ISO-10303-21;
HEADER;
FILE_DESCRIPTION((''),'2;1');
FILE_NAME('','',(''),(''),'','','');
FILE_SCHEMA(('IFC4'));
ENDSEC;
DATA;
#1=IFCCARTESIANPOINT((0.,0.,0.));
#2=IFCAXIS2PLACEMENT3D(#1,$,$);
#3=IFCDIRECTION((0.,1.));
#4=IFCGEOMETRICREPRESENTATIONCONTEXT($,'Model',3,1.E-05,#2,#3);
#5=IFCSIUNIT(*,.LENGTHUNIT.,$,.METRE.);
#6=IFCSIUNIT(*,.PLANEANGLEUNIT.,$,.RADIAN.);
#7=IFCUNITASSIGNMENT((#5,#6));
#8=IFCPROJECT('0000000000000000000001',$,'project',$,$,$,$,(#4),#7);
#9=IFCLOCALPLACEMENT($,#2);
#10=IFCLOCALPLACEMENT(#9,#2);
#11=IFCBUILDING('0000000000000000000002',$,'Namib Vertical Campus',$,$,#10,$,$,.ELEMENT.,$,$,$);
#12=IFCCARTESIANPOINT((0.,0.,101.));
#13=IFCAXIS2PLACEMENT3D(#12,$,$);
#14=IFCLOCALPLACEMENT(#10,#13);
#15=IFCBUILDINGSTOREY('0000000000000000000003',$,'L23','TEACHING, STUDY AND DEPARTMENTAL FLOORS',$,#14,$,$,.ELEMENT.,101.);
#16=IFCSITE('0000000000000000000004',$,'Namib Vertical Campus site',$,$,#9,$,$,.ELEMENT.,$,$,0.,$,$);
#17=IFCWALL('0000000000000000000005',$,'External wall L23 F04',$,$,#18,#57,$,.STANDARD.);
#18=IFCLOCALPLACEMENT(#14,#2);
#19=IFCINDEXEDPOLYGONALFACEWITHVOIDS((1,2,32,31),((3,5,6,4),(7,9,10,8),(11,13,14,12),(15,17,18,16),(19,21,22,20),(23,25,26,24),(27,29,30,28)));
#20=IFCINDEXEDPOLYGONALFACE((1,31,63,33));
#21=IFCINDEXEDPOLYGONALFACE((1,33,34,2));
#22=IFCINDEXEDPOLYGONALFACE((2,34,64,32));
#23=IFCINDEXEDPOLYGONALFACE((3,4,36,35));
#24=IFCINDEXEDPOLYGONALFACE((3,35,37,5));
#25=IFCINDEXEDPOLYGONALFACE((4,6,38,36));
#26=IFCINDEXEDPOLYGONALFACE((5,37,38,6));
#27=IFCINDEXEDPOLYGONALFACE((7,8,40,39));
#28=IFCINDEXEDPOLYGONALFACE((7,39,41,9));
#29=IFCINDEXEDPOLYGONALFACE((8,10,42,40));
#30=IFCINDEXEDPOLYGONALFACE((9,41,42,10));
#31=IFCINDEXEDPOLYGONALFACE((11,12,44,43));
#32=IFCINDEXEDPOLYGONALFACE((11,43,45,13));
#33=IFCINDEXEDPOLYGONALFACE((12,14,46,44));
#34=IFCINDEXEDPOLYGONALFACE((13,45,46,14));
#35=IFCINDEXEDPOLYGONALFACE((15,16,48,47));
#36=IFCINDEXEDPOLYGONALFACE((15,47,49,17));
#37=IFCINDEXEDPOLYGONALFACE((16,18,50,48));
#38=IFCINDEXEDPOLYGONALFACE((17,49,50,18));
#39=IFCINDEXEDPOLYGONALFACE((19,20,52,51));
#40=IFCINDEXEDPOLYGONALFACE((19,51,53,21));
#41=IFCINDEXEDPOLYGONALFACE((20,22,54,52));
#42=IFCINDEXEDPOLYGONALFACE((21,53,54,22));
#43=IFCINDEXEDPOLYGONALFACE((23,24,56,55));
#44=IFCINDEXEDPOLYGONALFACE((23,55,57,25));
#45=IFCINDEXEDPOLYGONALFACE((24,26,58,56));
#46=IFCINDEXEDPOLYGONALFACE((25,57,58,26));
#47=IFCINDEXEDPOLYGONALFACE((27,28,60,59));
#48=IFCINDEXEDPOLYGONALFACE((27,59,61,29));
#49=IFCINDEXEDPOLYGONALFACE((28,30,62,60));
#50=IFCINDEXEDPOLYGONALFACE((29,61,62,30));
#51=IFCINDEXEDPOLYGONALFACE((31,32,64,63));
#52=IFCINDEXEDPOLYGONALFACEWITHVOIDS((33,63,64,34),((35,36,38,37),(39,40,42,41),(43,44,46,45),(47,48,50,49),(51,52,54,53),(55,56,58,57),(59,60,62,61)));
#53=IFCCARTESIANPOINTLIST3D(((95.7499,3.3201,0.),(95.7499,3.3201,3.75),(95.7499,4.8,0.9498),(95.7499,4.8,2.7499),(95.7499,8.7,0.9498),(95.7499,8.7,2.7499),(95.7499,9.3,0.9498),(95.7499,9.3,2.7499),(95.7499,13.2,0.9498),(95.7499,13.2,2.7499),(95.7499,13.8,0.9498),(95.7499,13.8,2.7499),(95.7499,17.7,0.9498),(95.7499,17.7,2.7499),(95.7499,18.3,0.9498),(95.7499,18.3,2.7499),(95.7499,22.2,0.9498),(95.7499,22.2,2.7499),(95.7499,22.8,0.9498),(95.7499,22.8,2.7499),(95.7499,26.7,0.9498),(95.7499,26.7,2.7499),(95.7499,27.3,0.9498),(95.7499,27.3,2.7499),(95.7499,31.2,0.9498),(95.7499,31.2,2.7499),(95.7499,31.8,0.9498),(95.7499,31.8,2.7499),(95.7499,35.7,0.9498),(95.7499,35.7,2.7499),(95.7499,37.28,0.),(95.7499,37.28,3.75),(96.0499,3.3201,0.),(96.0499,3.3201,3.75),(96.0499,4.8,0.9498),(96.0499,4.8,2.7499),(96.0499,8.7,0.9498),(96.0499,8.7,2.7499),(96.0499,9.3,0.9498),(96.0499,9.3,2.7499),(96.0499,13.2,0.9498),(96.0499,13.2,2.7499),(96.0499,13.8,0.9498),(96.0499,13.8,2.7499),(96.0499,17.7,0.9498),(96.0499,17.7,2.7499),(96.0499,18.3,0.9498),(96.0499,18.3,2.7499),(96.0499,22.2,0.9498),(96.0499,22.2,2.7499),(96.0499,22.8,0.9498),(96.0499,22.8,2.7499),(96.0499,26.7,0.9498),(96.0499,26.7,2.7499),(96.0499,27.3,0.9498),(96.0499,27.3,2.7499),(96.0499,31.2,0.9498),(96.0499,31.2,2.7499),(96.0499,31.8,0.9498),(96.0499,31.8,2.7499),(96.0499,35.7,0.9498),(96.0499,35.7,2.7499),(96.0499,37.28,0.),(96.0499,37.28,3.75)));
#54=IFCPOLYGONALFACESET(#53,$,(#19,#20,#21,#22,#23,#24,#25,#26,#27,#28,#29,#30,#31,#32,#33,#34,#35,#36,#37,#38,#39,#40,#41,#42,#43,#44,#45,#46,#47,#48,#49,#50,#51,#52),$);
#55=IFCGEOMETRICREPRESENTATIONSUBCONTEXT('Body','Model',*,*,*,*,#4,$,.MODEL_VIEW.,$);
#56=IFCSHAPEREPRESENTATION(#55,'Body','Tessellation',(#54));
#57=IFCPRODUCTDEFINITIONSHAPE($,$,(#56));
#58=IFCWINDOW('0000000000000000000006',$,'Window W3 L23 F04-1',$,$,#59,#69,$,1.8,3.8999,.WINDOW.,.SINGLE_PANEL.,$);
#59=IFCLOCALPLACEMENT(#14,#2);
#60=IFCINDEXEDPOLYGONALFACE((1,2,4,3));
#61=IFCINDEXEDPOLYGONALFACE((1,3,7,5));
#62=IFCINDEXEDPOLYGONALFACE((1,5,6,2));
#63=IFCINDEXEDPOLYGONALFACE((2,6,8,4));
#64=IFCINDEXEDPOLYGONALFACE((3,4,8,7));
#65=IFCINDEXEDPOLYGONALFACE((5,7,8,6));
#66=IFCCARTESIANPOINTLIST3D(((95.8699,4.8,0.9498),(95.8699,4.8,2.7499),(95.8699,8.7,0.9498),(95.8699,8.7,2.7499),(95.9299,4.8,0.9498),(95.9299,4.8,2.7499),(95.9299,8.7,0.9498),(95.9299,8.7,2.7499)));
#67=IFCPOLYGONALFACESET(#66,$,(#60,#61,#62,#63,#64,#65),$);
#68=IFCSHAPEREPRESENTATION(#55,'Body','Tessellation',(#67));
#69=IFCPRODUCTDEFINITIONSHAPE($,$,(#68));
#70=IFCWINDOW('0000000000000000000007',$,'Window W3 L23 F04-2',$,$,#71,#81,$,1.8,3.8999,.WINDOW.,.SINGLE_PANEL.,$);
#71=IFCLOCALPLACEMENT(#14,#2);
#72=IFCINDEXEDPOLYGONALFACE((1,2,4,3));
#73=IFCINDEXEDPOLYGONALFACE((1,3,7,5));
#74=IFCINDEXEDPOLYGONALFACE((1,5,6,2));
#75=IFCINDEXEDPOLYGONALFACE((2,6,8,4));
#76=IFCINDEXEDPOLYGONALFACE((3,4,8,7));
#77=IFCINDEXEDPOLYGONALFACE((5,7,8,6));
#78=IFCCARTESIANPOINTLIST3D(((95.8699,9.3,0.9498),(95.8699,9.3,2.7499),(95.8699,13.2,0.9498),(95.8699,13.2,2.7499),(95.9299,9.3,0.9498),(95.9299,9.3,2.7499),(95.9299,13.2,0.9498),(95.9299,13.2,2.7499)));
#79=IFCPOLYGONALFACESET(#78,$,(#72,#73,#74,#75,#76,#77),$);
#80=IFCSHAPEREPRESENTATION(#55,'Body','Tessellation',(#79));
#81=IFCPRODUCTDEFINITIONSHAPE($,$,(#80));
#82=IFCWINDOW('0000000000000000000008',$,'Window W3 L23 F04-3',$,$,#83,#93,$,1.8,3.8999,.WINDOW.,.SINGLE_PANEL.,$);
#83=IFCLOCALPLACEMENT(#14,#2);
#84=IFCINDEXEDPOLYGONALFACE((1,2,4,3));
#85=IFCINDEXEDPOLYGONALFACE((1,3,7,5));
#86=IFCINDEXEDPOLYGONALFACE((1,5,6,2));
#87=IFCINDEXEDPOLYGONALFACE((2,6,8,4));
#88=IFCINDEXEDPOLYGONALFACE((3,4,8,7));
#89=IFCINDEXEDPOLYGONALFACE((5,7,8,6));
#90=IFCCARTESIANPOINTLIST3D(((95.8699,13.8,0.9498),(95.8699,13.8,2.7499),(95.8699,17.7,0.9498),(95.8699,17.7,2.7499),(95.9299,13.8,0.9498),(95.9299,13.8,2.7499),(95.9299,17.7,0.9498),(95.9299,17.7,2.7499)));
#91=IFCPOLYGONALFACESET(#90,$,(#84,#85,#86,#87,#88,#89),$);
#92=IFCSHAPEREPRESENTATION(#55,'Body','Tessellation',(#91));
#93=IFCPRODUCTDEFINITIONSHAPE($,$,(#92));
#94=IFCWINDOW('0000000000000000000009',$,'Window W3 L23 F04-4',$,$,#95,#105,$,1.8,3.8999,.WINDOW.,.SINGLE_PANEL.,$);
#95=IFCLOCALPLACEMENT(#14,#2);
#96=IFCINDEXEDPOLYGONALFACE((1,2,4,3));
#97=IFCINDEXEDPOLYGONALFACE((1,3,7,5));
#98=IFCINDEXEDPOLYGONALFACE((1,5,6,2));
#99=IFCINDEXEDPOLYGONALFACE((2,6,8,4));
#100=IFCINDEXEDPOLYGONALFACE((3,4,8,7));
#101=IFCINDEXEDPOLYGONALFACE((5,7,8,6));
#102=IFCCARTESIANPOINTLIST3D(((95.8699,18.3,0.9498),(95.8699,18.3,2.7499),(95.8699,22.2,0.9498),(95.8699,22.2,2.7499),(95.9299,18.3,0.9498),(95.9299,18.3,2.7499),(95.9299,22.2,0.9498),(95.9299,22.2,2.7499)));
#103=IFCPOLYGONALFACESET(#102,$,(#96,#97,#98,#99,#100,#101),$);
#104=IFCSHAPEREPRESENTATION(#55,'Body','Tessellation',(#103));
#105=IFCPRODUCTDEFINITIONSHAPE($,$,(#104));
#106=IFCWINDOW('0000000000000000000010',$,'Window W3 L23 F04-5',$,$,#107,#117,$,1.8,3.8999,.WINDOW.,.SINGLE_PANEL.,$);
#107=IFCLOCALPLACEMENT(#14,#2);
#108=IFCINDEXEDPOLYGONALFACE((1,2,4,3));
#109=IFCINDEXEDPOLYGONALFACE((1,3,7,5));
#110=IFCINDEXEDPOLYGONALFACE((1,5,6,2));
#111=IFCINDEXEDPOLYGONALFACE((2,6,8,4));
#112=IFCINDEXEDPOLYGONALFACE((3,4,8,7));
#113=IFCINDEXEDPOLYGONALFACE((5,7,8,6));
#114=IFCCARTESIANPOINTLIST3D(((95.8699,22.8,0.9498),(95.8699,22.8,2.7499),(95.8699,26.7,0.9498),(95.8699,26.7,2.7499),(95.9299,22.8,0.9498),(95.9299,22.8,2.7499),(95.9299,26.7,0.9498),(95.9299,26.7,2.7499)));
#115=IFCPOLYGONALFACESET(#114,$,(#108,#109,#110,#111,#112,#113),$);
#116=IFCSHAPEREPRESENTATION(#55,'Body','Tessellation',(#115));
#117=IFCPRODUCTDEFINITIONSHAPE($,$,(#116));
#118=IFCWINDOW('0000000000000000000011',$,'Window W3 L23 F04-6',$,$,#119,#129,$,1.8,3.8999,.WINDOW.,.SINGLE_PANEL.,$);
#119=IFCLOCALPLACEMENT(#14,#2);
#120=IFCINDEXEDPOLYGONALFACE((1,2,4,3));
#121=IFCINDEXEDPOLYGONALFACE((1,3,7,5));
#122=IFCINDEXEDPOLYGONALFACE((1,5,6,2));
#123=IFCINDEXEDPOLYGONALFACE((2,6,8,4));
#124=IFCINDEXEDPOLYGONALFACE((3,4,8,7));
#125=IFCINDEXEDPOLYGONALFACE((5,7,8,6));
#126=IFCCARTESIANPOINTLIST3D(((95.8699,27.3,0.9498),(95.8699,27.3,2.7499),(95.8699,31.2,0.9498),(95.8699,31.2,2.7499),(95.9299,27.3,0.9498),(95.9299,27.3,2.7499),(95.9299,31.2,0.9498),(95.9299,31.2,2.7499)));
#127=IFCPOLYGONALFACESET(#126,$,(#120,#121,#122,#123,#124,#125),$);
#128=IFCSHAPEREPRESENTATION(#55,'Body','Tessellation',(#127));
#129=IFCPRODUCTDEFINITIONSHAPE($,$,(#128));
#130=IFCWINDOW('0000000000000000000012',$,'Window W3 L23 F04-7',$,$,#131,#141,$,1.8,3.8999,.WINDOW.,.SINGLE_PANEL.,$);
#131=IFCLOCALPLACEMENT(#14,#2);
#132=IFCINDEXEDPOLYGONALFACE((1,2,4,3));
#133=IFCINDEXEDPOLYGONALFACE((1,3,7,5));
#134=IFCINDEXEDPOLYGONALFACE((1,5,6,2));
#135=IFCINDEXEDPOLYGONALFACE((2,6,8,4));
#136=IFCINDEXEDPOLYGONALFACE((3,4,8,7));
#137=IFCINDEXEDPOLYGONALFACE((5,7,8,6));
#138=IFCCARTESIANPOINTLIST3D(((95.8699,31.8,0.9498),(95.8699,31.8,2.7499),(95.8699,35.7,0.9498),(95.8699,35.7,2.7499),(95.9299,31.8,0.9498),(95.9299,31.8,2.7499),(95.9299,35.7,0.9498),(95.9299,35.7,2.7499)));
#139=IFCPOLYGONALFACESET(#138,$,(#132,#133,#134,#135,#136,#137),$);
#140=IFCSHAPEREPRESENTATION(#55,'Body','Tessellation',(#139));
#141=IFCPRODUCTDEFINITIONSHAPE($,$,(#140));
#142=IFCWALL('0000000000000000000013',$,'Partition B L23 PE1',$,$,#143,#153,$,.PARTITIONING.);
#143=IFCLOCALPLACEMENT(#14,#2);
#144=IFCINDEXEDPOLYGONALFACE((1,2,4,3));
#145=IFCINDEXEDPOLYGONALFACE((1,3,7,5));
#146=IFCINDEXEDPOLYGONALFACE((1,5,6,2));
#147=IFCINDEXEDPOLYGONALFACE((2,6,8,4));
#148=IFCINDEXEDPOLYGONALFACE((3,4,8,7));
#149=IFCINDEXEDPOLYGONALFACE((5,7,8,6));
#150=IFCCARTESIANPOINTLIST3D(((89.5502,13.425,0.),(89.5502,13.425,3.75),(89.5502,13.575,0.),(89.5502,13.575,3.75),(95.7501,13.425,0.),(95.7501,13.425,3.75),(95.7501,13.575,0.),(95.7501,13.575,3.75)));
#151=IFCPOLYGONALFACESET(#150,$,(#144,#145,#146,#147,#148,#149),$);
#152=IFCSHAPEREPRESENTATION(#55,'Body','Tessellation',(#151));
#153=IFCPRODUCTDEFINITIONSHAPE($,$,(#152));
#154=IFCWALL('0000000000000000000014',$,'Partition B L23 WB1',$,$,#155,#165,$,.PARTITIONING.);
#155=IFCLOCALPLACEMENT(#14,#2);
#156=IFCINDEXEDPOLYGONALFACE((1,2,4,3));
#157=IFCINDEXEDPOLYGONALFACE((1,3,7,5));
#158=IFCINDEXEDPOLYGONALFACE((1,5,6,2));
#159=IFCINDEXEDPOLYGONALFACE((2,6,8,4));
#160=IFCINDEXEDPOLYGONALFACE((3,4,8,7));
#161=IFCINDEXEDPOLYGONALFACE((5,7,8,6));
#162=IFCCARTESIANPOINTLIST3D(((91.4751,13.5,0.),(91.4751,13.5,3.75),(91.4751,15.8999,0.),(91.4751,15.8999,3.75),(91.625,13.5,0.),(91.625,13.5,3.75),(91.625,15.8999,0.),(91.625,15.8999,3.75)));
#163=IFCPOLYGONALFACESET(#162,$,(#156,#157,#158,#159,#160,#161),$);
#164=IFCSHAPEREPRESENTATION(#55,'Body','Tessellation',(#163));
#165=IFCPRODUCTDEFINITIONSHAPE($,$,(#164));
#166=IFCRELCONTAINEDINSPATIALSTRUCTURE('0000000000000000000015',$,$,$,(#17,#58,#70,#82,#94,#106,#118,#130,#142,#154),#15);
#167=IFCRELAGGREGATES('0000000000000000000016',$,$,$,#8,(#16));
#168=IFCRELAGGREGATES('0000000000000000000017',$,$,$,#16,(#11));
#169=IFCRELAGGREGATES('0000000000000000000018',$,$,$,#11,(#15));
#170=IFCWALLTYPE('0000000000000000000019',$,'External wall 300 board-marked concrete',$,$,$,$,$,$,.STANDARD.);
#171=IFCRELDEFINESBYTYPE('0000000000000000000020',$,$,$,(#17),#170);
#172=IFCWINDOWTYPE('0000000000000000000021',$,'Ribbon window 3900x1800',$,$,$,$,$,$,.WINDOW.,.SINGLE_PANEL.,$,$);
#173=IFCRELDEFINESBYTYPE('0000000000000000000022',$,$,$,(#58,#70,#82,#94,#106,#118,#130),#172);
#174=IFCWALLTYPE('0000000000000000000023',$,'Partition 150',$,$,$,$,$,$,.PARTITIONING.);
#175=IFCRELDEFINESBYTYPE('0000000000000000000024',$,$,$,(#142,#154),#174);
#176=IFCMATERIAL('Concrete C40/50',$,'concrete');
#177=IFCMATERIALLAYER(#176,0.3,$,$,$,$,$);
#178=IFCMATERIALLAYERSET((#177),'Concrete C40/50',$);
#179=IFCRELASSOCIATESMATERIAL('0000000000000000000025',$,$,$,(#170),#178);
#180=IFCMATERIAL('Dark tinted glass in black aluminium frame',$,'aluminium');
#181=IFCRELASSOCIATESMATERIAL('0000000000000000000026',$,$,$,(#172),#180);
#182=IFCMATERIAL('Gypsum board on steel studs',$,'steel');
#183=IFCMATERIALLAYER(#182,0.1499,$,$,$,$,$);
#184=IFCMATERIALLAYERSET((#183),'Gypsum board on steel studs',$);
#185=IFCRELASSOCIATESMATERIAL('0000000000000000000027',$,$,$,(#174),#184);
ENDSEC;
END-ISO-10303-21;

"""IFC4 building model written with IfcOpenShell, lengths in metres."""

from ifc_helpers import new_model, si_unit, direction, frame, frame_2d, origin, place, context, subcontext, project, spatial, rectangle, extrude, material, layer, layer_set, type_object, element, fill, save


model = new_model("IFC4")

# Units and contexts
model_context = context("Model", 3, precision=1e-05, world=origin(), true_north=direction((0.0, 1.0)))
body_context = subcontext(model_context, "Body", "Model", "MODEL_VIEW")
ifc_project = project(units=[si_unit("LENGTHUNIT", "METRE"), si_unit("PLANEANGLEUNIT", "RADIAN")], contexts=[model_context])

# Site, building, storey
site_placement = place(None, origin())
site = spatial("IfcSite", under=ifc_project, at=site_placement, Name="Namib Vertical Campus site", CompositionType="ELEMENT", RefElevation=0.0)
building_placement = place(site_placement, origin())
building = spatial("IfcBuilding", under=site, at=building_placement, Name="Namib Vertical Campus", CompositionType="ELEMENT")
storey_placement = place(building_placement, frame((0.0, 0.0, 101.0)))
storey = spatial("IfcBuildingStorey", under=building, at=storey_placement, Name="L23", Description="TEACHING, STUDY AND DEPARTMENTAL FLOORS", CompositionType="ELEMENT", Elevation=101.0)

# Wall, openings, windows
ifc_material_1 = material(Name="Concrete C40/50", Category="concrete")
ifc_layer_1 = layer(ifc_material_1, 0.3)
ifc_layer_set_1 = layer_set([ifc_layer_1], Name="Concrete C40/50")
wall_type_1 = type_object("IfcWallType", Name="External wall 300 board-marked concrete", PredefinedType="STANDARD", material=ifc_layer_set_1)
wall_1_placement = place(storey_placement, frame((95.8999, 3.3201, 0.0), z_axis=(0.0, 0.0, 1.0), x_axis=(0.0, 1.0, 0.0)))
wall_1 = element("IfcWall", 1, at=wall_1_placement, inside=storey, type_object=wall_type_1, Name="External wall L23 F04", PredefinedType="STANDARD", context=body_context, shape_type="SweptSolid", body=[
    extrude(rectangle(XDim=33.96, YDim=0.3, at=frame_2d((16.98, 0.0))), origin(), (0.0, 0.0, 1.0), 3.75),
])
opening_1_placement = place(wall_1_placement, frame((1.48, 0.0, 0.95)))
opening_1 = element("IfcOpeningElement", 2, at=opening_1_placement, cuts=wall_1, PredefinedType="OPENING", context=body_context, shape_type="SweptSolid", body=[
    extrude(rectangle(XDim=3.8999, YDim=1.8, at=frame_2d((1.95, 0.8999))), frame((0.0, 0.1599, 0.0), z_axis=(0.0, -1.0, 0.0), x_axis=(1.0, 0.0, 0.0)), (0.0, 0.0, 1.0), 0.3201),
])
opening_2_placement = place(wall_1_placement, frame((5.98, 0.0, 0.95)))
opening_2 = element("IfcOpeningElement", 3, at=opening_2_placement, cuts=wall_1, PredefinedType="OPENING", context=body_context, shape_type="SweptSolid", body=[
    extrude(rectangle(XDim=3.8999, YDim=1.8, at=frame_2d((1.95, 0.8999))), frame((0.0, 0.1599, 0.0), z_axis=(0.0, -1.0, 0.0), x_axis=(1.0, 0.0, 0.0)), (0.0, 0.0, 1.0), 0.3201),
])
opening_3_placement = place(wall_1_placement, frame((10.48, 0.0, 0.95)))
opening_3 = element("IfcOpeningElement", 4, at=opening_3_placement, cuts=wall_1, PredefinedType="OPENING", context=body_context, shape_type="SweptSolid", body=[
    extrude(rectangle(XDim=3.8999, YDim=1.8, at=frame_2d((1.95, 0.8999))), frame((0.0, 0.1599, 0.0), z_axis=(0.0, -1.0, 0.0), x_axis=(1.0, 0.0, 0.0)), (0.0, 0.0, 1.0), 0.3201),
])
opening_4_placement = place(wall_1_placement, frame((14.98, 0.0, 0.95)))
opening_4 = element("IfcOpeningElement", 5, at=opening_4_placement, cuts=wall_1, PredefinedType="OPENING", context=body_context, shape_type="SweptSolid", body=[
    extrude(rectangle(XDim=3.8999, YDim=1.8, at=frame_2d((1.95, 0.8999))), frame((0.0, 0.1599, 0.0), z_axis=(0.0, -1.0, 0.0), x_axis=(1.0, 0.0, 0.0)), (0.0, 0.0, 1.0), 0.3201),
])
opening_5_placement = place(wall_1_placement, frame((19.48, 0.0, 0.95)))
opening_5 = element("IfcOpeningElement", 6, at=opening_5_placement, cuts=wall_1, PredefinedType="OPENING", context=body_context, shape_type="SweptSolid", body=[
    extrude(rectangle(XDim=3.8999, YDim=1.8, at=frame_2d((1.95, 0.8999))), frame((0.0, 0.1599, 0.0), z_axis=(0.0, -1.0, 0.0), x_axis=(1.0, 0.0, 0.0)), (0.0, 0.0, 1.0), 0.3201),
])
opening_6_placement = place(wall_1_placement, frame((23.98, 0.0, 0.95)))
opening_6 = element("IfcOpeningElement", 7, at=opening_6_placement, cuts=wall_1, PredefinedType="OPENING", context=body_context, shape_type="SweptSolid", body=[
    extrude(rectangle(XDim=3.8999, YDim=1.8, at=frame_2d((1.95, 0.8999))), frame((0.0, 0.1599, 0.0), z_axis=(0.0, -1.0, 0.0), x_axis=(1.0, 0.0, 0.0)), (0.0, 0.0, 1.0), 0.3201),
])
opening_7_placement = place(wall_1_placement, frame((28.48, 0.0, 0.95)))
opening_7 = element("IfcOpeningElement", 8, at=opening_7_placement, cuts=wall_1, PredefinedType="OPENING", context=body_context, shape_type="SweptSolid", body=[
    extrude(rectangle(XDim=3.8999, YDim=1.8, at=frame_2d((1.95, 0.8999))), frame((0.0, 0.1599, 0.0), z_axis=(0.0, -1.0, 0.0), x_axis=(1.0, 0.0, 0.0)), (0.0, 0.0, 1.0), 0.3201),
])
ifc_material_2 = material(Name="Dark tinted glass in black aluminium frame", Category="aluminium")
window_type = type_object("IfcWindowType", Name="Ribbon window 3900x1800", PartitioningType="SINGLE_PANEL", PredefinedType="WINDOW", material=ifc_material_2)
window_1_placement = place(opening_1_placement, origin())
window_1 = element("IfcWindow", 9, at=window_1_placement, inside=storey, type_object=window_type, Name="Window W3 L23 F04-1", OverallHeight=1.8, OverallWidth=3.8999, PartitioningType="SINGLE_PANEL", PredefinedType="WINDOW", context=body_context, shape_type="SweptSolid", body=[
    extrude(rectangle(XDim=3.8999, YDim=1.8, at=frame_2d((1.95, 0.8999))), frame((0.0, 0.03, 0.0), z_axis=(0.0, -1.0, 0.0), x_axis=(1.0, 0.0, 0.0)), (0.0, 0.0, 1.0), 0.0601),
])
fill(opening_1, window_1)
window_2_placement = place(opening_2_placement, origin())
window_2 = element("IfcWindow", 10, at=window_2_placement, inside=storey, type_object=window_type, Name="Window W3 L23 F04-2", OverallHeight=1.8, OverallWidth=3.8999, PartitioningType="SINGLE_PANEL", PredefinedType="WINDOW", context=body_context, shape_type="SweptSolid", body=[
    extrude(rectangle(XDim=3.8999, YDim=1.8, at=frame_2d((1.95, 0.8999))), frame((0.0, 0.03, 0.0), z_axis=(0.0, -1.0, 0.0), x_axis=(1.0, 0.0, 0.0)), (0.0, 0.0, 1.0), 0.0601),
])
fill(opening_2, window_2)
window_3_placement = place(opening_3_placement, origin())
window_3 = element("IfcWindow", 11, at=window_3_placement, inside=storey, type_object=window_type, Name="Window W3 L23 F04-3", OverallHeight=1.8, OverallWidth=3.8999, PartitioningType="SINGLE_PANEL", PredefinedType="WINDOW", context=body_context, shape_type="SweptSolid", body=[
    extrude(rectangle(XDim=3.8999, YDim=1.8, at=frame_2d((1.95, 0.8999))), frame((0.0, 0.03, 0.0), z_axis=(0.0, -1.0, 0.0), x_axis=(1.0, 0.0, 0.0)), (0.0, 0.0, 1.0), 0.0601),
])
fill(opening_3, window_3)
window_4_placement = place(opening_4_placement, origin())
window_4 = element("IfcWindow", 12, at=window_4_placement, inside=storey, type_object=window_type, Name="Window W3 L23 F04-4", OverallHeight=1.8, OverallWidth=3.8999, PartitioningType="SINGLE_PANEL", PredefinedType="WINDOW", context=body_context, shape_type="SweptSolid", body=[
    extrude(rectangle(XDim=3.8999, YDim=1.8, at=frame_2d((1.95, 0.8999))), frame((0.0, 0.03, 0.0), z_axis=(0.0, -1.0, 0.0), x_axis=(1.0, 0.0, 0.0)), (0.0, 0.0, 1.0), 0.0601),
])
fill(opening_4, window_4)
window_5_placement = place(opening_5_placement, origin())
window_5 = element("IfcWindow", 13, at=window_5_placement, inside=storey, type_object=window_type, Name="Window W3 L23 F04-5", OverallHeight=1.8, OverallWidth=3.8999, PartitioningType="SINGLE_PANEL", PredefinedType="WINDOW", context=body_context, shape_type="SweptSolid", body=[
    extrude(rectangle(XDim=3.8999, YDim=1.8, at=frame_2d((1.95, 0.8999))), frame((0.0, 0.03, 0.0), z_axis=(0.0, -1.0, 0.0), x_axis=(1.0, 0.0, 0.0)), (0.0, 0.0, 1.0), 0.0601),
])
fill(opening_5, window_5)
window_6_placement = place(opening_6_placement, origin())
window_6 = element("IfcWindow", 14, at=window_6_placement, inside=storey, type_object=window_type, Name="Window W3 L23 F04-6", OverallHeight=1.8, OverallWidth=3.8999, PartitioningType="SINGLE_PANEL", PredefinedType="WINDOW", context=body_context, shape_type="SweptSolid", body=[
    extrude(rectangle(XDim=3.8999, YDim=1.8, at=frame_2d((1.95, 0.8999))), frame((0.0, 0.03, 0.0), z_axis=(0.0, -1.0, 0.0), x_axis=(1.0, 0.0, 0.0)), (0.0, 0.0, 1.0), 0.0601),
])
fill(opening_6, window_6)
window_7_placement = place(opening_7_placement, origin())
window_7 = element("IfcWindow", 15, at=window_7_placement, inside=storey, type_object=window_type, Name="Window W3 L23 F04-7", OverallHeight=1.8, OverallWidth=3.8999, PartitioningType="SINGLE_PANEL", PredefinedType="WINDOW", context=body_context, shape_type="SweptSolid", body=[
    extrude(rectangle(XDim=3.8999, YDim=1.8, at=frame_2d((1.95, 0.8999))), frame((0.0, 0.03, 0.0), z_axis=(0.0, -1.0, 0.0), x_axis=(1.0, 0.0, 0.0)), (0.0, 0.0, 1.0), 0.0601),
])
fill(opening_7, window_7)

# Walls
ifc_material_3 = material(Name="Gypsum board on steel studs", Category="steel")
ifc_layer_2 = layer(ifc_material_3, 0.1499)
ifc_layer_set_2 = layer_set([ifc_layer_2], Name="Gypsum board on steel studs")
wall_type_2 = type_object("IfcWallType", Name="Partition 150", PredefinedType="PARTITIONING", material=ifc_layer_set_2)
wall_2_placement = place(storey_placement, frame((89.55, 13.5, 0.0), z_axis=(0.0, 0.0, 1.0), x_axis=(1.0, 0.0, 0.0)))
element("IfcWall", 16, at=wall_2_placement, inside=storey, type_object=wall_type_2, Name="Partition B L23 PE1", PredefinedType="PARTITIONING", context=body_context, shape_type="SweptSolid", body=[
    extrude(rectangle(XDim=6.2, YDim=0.1499, at=frame_2d((3.1001, 0.0))), origin(), (0.0, 0.0, 1.0), 3.75),
])
wall_3_placement = place(storey_placement, frame((91.55, 13.5, 0.0), z_axis=(0.0, 0.0, 1.0), x_axis=(0.0, 1.0, 0.0)))
element("IfcWall", 17, at=wall_3_placement, inside=storey, type_object=wall_type_2, Name="Partition B L23 WB1", PredefinedType="PARTITIONING", context=body_context, shape_type="SweptSolid", body=[
    extrude(rectangle(XDim=2.3999, YDim=0.1499, at=frame_2d((1.2, 0.0))), origin(), (0.0, 0.0, 1.0), 3.75),
])

save(model, "model.ifc")
